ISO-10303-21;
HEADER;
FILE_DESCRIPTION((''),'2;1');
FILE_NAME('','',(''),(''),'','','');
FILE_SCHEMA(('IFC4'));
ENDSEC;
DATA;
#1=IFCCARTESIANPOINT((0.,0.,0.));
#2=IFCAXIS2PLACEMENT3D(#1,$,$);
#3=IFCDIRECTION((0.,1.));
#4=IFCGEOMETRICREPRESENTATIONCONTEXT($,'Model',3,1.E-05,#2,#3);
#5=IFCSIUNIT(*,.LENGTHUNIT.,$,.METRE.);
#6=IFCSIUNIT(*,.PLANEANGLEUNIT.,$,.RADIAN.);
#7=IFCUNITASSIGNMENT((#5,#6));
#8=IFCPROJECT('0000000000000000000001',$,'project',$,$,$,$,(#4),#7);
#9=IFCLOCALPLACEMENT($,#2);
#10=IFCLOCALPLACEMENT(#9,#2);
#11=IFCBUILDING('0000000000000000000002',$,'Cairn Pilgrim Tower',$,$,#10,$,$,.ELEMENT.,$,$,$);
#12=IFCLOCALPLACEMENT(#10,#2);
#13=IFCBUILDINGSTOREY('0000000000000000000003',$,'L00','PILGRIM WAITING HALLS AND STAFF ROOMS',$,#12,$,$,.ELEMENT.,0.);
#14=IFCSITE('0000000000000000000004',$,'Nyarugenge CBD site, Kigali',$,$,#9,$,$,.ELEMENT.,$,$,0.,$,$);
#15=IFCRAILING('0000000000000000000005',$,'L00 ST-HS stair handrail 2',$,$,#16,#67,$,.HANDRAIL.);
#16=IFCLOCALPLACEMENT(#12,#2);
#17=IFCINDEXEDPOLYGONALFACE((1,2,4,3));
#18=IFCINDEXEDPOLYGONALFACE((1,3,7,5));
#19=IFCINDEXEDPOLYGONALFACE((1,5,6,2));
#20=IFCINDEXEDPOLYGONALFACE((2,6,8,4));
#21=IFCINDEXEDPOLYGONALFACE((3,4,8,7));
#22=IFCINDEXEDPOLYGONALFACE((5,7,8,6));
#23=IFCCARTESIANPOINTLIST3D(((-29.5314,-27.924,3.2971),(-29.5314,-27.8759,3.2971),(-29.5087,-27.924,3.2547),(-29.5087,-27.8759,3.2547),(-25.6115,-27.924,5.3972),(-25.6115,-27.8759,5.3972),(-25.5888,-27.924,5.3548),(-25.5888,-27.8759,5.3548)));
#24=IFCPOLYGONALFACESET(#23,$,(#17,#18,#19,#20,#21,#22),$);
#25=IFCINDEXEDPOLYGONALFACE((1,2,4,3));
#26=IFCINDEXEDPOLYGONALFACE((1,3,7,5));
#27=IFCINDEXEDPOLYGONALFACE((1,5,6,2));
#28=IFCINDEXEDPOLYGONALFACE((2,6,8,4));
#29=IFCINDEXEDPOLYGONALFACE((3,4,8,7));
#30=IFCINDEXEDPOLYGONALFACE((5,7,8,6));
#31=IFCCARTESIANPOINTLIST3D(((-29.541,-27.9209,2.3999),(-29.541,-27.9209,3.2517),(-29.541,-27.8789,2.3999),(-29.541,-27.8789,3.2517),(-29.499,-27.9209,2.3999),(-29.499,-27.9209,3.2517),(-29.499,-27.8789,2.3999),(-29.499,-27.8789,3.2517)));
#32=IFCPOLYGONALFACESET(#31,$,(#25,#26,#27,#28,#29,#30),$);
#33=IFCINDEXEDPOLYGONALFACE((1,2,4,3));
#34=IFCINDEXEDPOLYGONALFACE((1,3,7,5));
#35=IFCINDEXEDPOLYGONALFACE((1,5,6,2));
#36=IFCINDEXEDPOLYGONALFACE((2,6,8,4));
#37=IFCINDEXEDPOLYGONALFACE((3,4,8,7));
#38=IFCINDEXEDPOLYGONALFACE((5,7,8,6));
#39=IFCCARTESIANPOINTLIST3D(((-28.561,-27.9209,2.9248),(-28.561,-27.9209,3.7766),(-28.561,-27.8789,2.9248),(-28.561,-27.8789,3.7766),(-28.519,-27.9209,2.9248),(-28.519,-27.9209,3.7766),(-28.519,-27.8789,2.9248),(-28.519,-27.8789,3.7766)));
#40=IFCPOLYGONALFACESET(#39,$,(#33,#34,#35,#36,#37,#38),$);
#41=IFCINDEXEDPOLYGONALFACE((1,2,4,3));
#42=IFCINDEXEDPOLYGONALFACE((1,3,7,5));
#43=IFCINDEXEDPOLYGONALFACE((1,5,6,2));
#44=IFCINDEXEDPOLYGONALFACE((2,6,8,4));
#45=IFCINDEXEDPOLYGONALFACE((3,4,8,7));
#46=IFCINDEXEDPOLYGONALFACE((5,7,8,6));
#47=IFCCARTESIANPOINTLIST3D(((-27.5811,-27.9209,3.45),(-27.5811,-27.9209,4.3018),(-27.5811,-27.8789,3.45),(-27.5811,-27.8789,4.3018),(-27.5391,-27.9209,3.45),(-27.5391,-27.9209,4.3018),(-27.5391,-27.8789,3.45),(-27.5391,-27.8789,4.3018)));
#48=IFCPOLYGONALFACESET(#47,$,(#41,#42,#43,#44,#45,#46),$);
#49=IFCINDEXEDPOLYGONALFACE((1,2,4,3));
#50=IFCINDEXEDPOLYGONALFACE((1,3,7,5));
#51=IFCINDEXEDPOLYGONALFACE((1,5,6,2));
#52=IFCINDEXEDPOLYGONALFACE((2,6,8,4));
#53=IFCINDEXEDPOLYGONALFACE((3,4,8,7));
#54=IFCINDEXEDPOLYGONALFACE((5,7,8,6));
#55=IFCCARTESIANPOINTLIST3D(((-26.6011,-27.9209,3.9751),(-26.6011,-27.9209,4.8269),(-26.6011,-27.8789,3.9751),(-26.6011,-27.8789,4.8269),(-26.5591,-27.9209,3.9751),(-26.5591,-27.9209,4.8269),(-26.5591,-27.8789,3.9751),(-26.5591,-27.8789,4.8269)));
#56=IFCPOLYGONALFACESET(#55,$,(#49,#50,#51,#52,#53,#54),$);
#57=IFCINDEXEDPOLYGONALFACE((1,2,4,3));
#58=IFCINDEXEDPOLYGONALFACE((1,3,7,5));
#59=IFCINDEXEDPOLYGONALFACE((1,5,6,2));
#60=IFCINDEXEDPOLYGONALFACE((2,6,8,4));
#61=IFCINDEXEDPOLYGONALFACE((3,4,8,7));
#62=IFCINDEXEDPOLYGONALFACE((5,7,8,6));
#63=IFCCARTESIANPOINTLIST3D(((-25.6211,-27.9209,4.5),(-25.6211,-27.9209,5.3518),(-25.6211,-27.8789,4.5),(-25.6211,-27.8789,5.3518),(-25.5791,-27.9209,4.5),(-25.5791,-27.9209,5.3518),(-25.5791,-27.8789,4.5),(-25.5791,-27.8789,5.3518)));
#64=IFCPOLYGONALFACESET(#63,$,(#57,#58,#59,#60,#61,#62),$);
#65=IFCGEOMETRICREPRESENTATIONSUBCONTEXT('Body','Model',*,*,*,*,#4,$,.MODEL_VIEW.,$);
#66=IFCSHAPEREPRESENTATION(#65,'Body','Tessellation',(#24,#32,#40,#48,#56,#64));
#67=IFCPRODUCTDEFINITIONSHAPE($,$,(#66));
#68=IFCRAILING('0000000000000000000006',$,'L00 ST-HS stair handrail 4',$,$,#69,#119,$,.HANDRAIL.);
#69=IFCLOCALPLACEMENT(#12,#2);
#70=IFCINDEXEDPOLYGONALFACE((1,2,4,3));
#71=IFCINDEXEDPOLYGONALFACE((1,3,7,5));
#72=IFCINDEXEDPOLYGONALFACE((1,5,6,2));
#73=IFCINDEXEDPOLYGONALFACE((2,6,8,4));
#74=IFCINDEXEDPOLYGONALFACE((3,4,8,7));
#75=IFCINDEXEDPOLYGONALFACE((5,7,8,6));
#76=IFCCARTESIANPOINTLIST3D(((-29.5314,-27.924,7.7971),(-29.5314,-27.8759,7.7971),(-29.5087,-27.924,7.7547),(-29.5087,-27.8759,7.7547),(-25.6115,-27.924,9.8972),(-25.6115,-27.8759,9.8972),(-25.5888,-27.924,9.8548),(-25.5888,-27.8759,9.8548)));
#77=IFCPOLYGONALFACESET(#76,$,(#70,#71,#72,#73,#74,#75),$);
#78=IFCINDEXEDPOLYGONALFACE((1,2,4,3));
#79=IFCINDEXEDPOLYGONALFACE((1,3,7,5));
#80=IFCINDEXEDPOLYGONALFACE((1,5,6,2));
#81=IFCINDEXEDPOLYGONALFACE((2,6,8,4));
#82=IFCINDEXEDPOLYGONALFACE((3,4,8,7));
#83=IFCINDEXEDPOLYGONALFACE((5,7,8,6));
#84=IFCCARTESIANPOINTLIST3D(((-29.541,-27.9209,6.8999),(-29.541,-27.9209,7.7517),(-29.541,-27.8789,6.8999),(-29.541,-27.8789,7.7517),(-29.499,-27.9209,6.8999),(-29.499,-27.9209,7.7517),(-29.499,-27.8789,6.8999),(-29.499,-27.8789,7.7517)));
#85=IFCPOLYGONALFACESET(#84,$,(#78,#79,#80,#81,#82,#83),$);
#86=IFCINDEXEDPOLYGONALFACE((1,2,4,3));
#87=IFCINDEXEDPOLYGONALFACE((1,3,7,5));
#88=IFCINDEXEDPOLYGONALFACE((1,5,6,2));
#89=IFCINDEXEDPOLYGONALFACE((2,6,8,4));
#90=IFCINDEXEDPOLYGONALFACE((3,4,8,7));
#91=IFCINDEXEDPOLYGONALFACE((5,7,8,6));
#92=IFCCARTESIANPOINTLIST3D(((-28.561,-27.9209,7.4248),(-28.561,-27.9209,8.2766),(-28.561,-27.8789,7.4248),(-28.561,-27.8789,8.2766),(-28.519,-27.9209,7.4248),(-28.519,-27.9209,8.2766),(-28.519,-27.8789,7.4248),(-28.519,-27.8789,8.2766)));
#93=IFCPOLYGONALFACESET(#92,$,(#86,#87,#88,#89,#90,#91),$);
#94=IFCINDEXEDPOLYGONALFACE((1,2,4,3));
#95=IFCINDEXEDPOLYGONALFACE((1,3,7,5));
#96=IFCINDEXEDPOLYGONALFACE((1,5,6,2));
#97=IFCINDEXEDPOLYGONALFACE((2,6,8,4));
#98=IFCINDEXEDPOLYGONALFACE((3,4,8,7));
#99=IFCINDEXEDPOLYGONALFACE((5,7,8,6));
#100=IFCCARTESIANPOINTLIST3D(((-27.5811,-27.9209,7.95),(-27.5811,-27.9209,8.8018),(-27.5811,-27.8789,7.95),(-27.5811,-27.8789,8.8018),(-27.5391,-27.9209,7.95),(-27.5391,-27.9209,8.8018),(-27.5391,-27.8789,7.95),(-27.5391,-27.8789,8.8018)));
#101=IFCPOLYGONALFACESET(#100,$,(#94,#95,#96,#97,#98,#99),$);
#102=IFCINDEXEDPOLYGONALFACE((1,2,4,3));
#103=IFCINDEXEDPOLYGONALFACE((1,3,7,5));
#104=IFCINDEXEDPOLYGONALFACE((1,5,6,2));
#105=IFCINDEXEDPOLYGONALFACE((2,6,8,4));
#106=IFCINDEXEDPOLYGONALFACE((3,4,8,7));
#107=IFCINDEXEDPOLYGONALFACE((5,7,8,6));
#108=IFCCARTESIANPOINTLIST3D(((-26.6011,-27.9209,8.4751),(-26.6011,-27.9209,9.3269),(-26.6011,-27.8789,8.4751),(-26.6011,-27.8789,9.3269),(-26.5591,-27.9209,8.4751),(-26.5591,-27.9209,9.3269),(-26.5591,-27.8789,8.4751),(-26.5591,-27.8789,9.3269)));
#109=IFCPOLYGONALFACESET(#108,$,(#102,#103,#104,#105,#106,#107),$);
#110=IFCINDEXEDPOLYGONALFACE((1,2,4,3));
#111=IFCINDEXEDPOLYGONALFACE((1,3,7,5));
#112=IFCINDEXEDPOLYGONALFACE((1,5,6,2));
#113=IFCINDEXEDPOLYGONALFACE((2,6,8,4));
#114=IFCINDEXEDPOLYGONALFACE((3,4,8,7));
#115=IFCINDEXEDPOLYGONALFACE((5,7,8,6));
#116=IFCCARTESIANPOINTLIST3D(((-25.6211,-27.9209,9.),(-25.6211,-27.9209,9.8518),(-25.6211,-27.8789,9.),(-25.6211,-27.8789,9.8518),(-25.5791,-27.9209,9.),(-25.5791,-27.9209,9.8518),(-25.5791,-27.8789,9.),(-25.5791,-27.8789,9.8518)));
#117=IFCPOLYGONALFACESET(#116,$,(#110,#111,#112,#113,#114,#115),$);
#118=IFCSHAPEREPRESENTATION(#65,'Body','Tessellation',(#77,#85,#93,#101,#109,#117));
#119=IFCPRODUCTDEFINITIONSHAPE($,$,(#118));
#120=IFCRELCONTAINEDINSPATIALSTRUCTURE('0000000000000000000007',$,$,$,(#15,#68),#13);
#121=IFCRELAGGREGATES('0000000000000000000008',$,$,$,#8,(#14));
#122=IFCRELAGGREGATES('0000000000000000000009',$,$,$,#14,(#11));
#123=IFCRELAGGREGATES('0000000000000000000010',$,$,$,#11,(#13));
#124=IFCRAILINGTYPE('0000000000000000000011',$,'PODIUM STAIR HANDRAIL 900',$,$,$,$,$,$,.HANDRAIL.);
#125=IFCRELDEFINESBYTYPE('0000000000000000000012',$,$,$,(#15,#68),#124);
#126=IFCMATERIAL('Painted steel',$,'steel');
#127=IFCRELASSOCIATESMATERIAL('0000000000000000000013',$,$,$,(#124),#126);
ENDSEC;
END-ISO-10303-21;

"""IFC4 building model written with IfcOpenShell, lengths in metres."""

from ifc_helpers import new_model, si_unit, direction, frame, origin, origin_2d, place, context, subcontext, project, spatial, rectangle, extrude, material, type_object, element, save


model = new_model("IFC4")

# Units and contexts
model_context = context("Model", 3, precision=1e-05, world=origin(), true_north=direction((0.0, 1.0)))
body_context = subcontext(model_context, "Body", "Model", "MODEL_VIEW")
ifc_project = project(units=[si_unit("LENGTHUNIT", "METRE"), si_unit("PLANEANGLEUNIT", "RADIAN")], contexts=[model_context])

# Site, building, storey
site_placement = place(None, origin())
site = spatial("IfcSite", under=ifc_project, at=site_placement, Name="Nyarugenge CBD site, Kigali", CompositionType="ELEMENT", RefElevation=0.0)
building_placement = place(site_placement, origin())
building = spatial("IfcBuilding", under=site, at=building_placement, Name="Cairn Pilgrim Tower", CompositionType="ELEMENT")
storey_placement = place(building_placement, origin())
storey = spatial("IfcBuildingStorey", under=building, at=storey_placement, Name="L00", Description="PILGRIM WAITING HALLS AND STAFF ROOMS", CompositionType="ELEMENT", Elevation=0.0)

# Railings
ifc_material_1 = material(Name="Painted steel", Category="steel")
railing_type_1 = type_object("IfcRailingType", Name="PODIUM STAIR HANDRAIL 900", PredefinedType="HANDRAIL", material=ifc_material_1)
for number, where, name in (
    (1, (-29.52, -27.8999, 2.3999), "L00 ST-HS stair handrail 2"),
    (2, (-29.52, -27.8999, 6.8999), "L00 ST-HS stair handrail 4"),
):
    element("IfcRailing", number, at=place(storey_placement, frame(where)), inside=storey, type_object=railing_type_1, Name=name, PredefinedType="HANDRAIL", context=body_context, shape_type="SweptSolid", body=[
        extrude(rectangle(XDim=0.0481, YDim=0.0481, at=origin_2d()), frame((0.0, 0.0, 0.876), z_axis=(0.881467, 0.0, 0.472246), x_axis=(0.0, 1.0, 0.0)), (0.0, 0.0, 1.0), 4.447),
        extrude(rectangle(XDim=0.042, YDim=0.042, at=origin_2d()), origin(), (0.0, 0.0, 1.0), 0.8518),
        extrude(rectangle(XDim=0.042, YDim=0.042, at=origin_2d()), frame((0.98, 0.0, 0.5249)), (0.0, 0.0, 1.0), 0.8518),
        extrude(rectangle(XDim=0.042, YDim=0.042, at=origin_2d()), frame((1.96, 0.0, 1.05)), (0.0, 0.0, 1.0), 0.8518),
        extrude(rectangle(XDim=0.042, YDim=0.042, at=origin_2d()), frame((2.9399, 0.0, 1.5752)), (0.0, 0.0, 1.0), 0.8518),
        extrude(rectangle(XDim=0.042, YDim=0.042, at=origin_2d()), frame((3.9199, 0.0, 2.1001)), (0.0, 0.0, 1.0), 0.8518),
    ])

save(model, "model.ifc")
